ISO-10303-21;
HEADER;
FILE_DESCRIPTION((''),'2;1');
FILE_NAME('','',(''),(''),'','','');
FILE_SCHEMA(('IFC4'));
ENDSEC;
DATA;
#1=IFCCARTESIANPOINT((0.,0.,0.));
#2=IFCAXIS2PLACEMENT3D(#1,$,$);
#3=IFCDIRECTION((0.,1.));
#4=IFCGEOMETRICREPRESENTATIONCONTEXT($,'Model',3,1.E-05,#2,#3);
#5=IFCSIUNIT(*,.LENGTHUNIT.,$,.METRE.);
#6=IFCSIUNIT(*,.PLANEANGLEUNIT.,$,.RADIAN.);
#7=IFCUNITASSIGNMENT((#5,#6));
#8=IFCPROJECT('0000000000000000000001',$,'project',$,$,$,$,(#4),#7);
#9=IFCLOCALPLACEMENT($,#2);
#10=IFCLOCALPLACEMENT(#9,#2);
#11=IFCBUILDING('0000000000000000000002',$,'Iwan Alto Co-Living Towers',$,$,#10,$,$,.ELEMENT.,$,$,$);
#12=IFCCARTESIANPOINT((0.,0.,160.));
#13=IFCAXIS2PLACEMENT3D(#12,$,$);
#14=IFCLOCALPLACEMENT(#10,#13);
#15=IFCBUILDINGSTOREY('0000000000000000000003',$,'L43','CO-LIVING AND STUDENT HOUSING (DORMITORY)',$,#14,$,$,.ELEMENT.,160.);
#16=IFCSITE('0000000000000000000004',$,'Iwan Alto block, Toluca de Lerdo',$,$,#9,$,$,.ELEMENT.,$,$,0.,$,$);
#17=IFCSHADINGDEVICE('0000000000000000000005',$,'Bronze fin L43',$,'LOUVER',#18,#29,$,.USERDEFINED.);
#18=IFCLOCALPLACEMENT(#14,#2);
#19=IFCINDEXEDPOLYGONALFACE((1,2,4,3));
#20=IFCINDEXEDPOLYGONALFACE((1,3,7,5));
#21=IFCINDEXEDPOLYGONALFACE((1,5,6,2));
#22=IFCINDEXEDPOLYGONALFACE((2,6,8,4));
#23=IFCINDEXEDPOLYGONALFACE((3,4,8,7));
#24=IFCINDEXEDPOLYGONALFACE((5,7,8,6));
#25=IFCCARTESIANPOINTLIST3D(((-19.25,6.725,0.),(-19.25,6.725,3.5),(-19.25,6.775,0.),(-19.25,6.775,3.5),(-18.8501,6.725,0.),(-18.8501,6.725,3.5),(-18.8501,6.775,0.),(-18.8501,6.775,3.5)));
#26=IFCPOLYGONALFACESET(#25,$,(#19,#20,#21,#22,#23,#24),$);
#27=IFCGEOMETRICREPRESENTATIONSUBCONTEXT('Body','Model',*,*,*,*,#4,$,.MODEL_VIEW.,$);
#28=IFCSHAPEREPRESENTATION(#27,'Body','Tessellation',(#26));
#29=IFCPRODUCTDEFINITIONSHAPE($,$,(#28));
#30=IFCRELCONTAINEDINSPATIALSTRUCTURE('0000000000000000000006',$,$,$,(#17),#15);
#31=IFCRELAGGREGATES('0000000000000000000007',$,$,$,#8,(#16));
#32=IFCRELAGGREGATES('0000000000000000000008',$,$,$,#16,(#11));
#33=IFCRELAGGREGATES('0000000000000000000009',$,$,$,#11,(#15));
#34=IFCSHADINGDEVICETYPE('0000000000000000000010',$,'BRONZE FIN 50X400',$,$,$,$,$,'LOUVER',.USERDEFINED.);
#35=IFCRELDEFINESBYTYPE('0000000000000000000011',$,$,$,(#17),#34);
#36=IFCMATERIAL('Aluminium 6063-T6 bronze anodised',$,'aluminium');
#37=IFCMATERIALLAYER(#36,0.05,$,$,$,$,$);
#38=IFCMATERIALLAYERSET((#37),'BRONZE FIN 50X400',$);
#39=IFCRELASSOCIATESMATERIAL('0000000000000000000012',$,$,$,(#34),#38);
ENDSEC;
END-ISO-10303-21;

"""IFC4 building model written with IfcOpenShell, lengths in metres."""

from ifc_helpers import new_model, si_unit, direction, frame, origin, origin_2d, place, context, subcontext, project, spatial, rectangle, extrude, material, layer, layer_set, type_object, element, save


model = new_model("IFC4")

# Units and contexts
model_context = context("Model", 3, precision=1e-05, world=origin(), true_north=direction((0.0, 1.0)))
body_context = subcontext(model_context, "Body", "Model", "MODEL_VIEW")
ifc_project = project(units=[si_unit("LENGTHUNIT", "METRE"), si_unit("PLANEANGLEUNIT", "RADIAN")], contexts=[model_context])

# Site, building, storey
site_placement = place(None, origin())
site = spatial("IfcSite", under=ifc_project, at=site_placement, Name="Iwan Alto block, Toluca de Lerdo", CompositionType="ELEMENT", RefElevation=0.0)
building_placement = place(site_placement, origin())
building = spatial("IfcBuilding", under=site, at=building_placement, Name="Iwan Alto Co-Living Towers", CompositionType="ELEMENT")
storey_placement = place(building_placement, frame((0.0, 0.0, 160.0)))
storey = spatial("IfcBuildingStorey", under=building, at=storey_placement, Name="L43", Description="CO-LIVING AND STUDENT HOUSING (DORMITORY)", CompositionType="ELEMENT", Elevation=160.0)

# Shading device
ifc_material_1 = material(Name="Aluminium 6063-T6 bronze anodised", Category="aluminium")
ifc_layer_1 = layer(ifc_material_1, 0.05)
ifc_layer_set_1 = layer_set([ifc_layer_1], Name="BRONZE FIN 50X400")
shading_device_type = type_object("IfcShadingDeviceType", Name="BRONZE FIN 50X400", ElementType="LOUVER", PredefinedType="USERDEFINED", material=ifc_layer_set_1)
shading_device_placement = place(storey_placement, frame((-19.05, 6.75, 0.0), z_axis=(0.0, 0.0, 1.0), x_axis=(0.0, -1.0, 0.0)))
element("IfcShadingDevice", 1, at=shading_device_placement, inside=storey, type_object=shading_device_type, Name="Bronze fin L43", ObjectType="LOUVER", PredefinedType="USERDEFINED", context=body_context, shape_type="SweptSolid", body=[
    extrude(rectangle(XDim=0.05, YDim=0.3999, at=origin_2d()), origin(), (0.0, 0.0, 1.0), 3.5),
])

save(model, "model.ifc")
